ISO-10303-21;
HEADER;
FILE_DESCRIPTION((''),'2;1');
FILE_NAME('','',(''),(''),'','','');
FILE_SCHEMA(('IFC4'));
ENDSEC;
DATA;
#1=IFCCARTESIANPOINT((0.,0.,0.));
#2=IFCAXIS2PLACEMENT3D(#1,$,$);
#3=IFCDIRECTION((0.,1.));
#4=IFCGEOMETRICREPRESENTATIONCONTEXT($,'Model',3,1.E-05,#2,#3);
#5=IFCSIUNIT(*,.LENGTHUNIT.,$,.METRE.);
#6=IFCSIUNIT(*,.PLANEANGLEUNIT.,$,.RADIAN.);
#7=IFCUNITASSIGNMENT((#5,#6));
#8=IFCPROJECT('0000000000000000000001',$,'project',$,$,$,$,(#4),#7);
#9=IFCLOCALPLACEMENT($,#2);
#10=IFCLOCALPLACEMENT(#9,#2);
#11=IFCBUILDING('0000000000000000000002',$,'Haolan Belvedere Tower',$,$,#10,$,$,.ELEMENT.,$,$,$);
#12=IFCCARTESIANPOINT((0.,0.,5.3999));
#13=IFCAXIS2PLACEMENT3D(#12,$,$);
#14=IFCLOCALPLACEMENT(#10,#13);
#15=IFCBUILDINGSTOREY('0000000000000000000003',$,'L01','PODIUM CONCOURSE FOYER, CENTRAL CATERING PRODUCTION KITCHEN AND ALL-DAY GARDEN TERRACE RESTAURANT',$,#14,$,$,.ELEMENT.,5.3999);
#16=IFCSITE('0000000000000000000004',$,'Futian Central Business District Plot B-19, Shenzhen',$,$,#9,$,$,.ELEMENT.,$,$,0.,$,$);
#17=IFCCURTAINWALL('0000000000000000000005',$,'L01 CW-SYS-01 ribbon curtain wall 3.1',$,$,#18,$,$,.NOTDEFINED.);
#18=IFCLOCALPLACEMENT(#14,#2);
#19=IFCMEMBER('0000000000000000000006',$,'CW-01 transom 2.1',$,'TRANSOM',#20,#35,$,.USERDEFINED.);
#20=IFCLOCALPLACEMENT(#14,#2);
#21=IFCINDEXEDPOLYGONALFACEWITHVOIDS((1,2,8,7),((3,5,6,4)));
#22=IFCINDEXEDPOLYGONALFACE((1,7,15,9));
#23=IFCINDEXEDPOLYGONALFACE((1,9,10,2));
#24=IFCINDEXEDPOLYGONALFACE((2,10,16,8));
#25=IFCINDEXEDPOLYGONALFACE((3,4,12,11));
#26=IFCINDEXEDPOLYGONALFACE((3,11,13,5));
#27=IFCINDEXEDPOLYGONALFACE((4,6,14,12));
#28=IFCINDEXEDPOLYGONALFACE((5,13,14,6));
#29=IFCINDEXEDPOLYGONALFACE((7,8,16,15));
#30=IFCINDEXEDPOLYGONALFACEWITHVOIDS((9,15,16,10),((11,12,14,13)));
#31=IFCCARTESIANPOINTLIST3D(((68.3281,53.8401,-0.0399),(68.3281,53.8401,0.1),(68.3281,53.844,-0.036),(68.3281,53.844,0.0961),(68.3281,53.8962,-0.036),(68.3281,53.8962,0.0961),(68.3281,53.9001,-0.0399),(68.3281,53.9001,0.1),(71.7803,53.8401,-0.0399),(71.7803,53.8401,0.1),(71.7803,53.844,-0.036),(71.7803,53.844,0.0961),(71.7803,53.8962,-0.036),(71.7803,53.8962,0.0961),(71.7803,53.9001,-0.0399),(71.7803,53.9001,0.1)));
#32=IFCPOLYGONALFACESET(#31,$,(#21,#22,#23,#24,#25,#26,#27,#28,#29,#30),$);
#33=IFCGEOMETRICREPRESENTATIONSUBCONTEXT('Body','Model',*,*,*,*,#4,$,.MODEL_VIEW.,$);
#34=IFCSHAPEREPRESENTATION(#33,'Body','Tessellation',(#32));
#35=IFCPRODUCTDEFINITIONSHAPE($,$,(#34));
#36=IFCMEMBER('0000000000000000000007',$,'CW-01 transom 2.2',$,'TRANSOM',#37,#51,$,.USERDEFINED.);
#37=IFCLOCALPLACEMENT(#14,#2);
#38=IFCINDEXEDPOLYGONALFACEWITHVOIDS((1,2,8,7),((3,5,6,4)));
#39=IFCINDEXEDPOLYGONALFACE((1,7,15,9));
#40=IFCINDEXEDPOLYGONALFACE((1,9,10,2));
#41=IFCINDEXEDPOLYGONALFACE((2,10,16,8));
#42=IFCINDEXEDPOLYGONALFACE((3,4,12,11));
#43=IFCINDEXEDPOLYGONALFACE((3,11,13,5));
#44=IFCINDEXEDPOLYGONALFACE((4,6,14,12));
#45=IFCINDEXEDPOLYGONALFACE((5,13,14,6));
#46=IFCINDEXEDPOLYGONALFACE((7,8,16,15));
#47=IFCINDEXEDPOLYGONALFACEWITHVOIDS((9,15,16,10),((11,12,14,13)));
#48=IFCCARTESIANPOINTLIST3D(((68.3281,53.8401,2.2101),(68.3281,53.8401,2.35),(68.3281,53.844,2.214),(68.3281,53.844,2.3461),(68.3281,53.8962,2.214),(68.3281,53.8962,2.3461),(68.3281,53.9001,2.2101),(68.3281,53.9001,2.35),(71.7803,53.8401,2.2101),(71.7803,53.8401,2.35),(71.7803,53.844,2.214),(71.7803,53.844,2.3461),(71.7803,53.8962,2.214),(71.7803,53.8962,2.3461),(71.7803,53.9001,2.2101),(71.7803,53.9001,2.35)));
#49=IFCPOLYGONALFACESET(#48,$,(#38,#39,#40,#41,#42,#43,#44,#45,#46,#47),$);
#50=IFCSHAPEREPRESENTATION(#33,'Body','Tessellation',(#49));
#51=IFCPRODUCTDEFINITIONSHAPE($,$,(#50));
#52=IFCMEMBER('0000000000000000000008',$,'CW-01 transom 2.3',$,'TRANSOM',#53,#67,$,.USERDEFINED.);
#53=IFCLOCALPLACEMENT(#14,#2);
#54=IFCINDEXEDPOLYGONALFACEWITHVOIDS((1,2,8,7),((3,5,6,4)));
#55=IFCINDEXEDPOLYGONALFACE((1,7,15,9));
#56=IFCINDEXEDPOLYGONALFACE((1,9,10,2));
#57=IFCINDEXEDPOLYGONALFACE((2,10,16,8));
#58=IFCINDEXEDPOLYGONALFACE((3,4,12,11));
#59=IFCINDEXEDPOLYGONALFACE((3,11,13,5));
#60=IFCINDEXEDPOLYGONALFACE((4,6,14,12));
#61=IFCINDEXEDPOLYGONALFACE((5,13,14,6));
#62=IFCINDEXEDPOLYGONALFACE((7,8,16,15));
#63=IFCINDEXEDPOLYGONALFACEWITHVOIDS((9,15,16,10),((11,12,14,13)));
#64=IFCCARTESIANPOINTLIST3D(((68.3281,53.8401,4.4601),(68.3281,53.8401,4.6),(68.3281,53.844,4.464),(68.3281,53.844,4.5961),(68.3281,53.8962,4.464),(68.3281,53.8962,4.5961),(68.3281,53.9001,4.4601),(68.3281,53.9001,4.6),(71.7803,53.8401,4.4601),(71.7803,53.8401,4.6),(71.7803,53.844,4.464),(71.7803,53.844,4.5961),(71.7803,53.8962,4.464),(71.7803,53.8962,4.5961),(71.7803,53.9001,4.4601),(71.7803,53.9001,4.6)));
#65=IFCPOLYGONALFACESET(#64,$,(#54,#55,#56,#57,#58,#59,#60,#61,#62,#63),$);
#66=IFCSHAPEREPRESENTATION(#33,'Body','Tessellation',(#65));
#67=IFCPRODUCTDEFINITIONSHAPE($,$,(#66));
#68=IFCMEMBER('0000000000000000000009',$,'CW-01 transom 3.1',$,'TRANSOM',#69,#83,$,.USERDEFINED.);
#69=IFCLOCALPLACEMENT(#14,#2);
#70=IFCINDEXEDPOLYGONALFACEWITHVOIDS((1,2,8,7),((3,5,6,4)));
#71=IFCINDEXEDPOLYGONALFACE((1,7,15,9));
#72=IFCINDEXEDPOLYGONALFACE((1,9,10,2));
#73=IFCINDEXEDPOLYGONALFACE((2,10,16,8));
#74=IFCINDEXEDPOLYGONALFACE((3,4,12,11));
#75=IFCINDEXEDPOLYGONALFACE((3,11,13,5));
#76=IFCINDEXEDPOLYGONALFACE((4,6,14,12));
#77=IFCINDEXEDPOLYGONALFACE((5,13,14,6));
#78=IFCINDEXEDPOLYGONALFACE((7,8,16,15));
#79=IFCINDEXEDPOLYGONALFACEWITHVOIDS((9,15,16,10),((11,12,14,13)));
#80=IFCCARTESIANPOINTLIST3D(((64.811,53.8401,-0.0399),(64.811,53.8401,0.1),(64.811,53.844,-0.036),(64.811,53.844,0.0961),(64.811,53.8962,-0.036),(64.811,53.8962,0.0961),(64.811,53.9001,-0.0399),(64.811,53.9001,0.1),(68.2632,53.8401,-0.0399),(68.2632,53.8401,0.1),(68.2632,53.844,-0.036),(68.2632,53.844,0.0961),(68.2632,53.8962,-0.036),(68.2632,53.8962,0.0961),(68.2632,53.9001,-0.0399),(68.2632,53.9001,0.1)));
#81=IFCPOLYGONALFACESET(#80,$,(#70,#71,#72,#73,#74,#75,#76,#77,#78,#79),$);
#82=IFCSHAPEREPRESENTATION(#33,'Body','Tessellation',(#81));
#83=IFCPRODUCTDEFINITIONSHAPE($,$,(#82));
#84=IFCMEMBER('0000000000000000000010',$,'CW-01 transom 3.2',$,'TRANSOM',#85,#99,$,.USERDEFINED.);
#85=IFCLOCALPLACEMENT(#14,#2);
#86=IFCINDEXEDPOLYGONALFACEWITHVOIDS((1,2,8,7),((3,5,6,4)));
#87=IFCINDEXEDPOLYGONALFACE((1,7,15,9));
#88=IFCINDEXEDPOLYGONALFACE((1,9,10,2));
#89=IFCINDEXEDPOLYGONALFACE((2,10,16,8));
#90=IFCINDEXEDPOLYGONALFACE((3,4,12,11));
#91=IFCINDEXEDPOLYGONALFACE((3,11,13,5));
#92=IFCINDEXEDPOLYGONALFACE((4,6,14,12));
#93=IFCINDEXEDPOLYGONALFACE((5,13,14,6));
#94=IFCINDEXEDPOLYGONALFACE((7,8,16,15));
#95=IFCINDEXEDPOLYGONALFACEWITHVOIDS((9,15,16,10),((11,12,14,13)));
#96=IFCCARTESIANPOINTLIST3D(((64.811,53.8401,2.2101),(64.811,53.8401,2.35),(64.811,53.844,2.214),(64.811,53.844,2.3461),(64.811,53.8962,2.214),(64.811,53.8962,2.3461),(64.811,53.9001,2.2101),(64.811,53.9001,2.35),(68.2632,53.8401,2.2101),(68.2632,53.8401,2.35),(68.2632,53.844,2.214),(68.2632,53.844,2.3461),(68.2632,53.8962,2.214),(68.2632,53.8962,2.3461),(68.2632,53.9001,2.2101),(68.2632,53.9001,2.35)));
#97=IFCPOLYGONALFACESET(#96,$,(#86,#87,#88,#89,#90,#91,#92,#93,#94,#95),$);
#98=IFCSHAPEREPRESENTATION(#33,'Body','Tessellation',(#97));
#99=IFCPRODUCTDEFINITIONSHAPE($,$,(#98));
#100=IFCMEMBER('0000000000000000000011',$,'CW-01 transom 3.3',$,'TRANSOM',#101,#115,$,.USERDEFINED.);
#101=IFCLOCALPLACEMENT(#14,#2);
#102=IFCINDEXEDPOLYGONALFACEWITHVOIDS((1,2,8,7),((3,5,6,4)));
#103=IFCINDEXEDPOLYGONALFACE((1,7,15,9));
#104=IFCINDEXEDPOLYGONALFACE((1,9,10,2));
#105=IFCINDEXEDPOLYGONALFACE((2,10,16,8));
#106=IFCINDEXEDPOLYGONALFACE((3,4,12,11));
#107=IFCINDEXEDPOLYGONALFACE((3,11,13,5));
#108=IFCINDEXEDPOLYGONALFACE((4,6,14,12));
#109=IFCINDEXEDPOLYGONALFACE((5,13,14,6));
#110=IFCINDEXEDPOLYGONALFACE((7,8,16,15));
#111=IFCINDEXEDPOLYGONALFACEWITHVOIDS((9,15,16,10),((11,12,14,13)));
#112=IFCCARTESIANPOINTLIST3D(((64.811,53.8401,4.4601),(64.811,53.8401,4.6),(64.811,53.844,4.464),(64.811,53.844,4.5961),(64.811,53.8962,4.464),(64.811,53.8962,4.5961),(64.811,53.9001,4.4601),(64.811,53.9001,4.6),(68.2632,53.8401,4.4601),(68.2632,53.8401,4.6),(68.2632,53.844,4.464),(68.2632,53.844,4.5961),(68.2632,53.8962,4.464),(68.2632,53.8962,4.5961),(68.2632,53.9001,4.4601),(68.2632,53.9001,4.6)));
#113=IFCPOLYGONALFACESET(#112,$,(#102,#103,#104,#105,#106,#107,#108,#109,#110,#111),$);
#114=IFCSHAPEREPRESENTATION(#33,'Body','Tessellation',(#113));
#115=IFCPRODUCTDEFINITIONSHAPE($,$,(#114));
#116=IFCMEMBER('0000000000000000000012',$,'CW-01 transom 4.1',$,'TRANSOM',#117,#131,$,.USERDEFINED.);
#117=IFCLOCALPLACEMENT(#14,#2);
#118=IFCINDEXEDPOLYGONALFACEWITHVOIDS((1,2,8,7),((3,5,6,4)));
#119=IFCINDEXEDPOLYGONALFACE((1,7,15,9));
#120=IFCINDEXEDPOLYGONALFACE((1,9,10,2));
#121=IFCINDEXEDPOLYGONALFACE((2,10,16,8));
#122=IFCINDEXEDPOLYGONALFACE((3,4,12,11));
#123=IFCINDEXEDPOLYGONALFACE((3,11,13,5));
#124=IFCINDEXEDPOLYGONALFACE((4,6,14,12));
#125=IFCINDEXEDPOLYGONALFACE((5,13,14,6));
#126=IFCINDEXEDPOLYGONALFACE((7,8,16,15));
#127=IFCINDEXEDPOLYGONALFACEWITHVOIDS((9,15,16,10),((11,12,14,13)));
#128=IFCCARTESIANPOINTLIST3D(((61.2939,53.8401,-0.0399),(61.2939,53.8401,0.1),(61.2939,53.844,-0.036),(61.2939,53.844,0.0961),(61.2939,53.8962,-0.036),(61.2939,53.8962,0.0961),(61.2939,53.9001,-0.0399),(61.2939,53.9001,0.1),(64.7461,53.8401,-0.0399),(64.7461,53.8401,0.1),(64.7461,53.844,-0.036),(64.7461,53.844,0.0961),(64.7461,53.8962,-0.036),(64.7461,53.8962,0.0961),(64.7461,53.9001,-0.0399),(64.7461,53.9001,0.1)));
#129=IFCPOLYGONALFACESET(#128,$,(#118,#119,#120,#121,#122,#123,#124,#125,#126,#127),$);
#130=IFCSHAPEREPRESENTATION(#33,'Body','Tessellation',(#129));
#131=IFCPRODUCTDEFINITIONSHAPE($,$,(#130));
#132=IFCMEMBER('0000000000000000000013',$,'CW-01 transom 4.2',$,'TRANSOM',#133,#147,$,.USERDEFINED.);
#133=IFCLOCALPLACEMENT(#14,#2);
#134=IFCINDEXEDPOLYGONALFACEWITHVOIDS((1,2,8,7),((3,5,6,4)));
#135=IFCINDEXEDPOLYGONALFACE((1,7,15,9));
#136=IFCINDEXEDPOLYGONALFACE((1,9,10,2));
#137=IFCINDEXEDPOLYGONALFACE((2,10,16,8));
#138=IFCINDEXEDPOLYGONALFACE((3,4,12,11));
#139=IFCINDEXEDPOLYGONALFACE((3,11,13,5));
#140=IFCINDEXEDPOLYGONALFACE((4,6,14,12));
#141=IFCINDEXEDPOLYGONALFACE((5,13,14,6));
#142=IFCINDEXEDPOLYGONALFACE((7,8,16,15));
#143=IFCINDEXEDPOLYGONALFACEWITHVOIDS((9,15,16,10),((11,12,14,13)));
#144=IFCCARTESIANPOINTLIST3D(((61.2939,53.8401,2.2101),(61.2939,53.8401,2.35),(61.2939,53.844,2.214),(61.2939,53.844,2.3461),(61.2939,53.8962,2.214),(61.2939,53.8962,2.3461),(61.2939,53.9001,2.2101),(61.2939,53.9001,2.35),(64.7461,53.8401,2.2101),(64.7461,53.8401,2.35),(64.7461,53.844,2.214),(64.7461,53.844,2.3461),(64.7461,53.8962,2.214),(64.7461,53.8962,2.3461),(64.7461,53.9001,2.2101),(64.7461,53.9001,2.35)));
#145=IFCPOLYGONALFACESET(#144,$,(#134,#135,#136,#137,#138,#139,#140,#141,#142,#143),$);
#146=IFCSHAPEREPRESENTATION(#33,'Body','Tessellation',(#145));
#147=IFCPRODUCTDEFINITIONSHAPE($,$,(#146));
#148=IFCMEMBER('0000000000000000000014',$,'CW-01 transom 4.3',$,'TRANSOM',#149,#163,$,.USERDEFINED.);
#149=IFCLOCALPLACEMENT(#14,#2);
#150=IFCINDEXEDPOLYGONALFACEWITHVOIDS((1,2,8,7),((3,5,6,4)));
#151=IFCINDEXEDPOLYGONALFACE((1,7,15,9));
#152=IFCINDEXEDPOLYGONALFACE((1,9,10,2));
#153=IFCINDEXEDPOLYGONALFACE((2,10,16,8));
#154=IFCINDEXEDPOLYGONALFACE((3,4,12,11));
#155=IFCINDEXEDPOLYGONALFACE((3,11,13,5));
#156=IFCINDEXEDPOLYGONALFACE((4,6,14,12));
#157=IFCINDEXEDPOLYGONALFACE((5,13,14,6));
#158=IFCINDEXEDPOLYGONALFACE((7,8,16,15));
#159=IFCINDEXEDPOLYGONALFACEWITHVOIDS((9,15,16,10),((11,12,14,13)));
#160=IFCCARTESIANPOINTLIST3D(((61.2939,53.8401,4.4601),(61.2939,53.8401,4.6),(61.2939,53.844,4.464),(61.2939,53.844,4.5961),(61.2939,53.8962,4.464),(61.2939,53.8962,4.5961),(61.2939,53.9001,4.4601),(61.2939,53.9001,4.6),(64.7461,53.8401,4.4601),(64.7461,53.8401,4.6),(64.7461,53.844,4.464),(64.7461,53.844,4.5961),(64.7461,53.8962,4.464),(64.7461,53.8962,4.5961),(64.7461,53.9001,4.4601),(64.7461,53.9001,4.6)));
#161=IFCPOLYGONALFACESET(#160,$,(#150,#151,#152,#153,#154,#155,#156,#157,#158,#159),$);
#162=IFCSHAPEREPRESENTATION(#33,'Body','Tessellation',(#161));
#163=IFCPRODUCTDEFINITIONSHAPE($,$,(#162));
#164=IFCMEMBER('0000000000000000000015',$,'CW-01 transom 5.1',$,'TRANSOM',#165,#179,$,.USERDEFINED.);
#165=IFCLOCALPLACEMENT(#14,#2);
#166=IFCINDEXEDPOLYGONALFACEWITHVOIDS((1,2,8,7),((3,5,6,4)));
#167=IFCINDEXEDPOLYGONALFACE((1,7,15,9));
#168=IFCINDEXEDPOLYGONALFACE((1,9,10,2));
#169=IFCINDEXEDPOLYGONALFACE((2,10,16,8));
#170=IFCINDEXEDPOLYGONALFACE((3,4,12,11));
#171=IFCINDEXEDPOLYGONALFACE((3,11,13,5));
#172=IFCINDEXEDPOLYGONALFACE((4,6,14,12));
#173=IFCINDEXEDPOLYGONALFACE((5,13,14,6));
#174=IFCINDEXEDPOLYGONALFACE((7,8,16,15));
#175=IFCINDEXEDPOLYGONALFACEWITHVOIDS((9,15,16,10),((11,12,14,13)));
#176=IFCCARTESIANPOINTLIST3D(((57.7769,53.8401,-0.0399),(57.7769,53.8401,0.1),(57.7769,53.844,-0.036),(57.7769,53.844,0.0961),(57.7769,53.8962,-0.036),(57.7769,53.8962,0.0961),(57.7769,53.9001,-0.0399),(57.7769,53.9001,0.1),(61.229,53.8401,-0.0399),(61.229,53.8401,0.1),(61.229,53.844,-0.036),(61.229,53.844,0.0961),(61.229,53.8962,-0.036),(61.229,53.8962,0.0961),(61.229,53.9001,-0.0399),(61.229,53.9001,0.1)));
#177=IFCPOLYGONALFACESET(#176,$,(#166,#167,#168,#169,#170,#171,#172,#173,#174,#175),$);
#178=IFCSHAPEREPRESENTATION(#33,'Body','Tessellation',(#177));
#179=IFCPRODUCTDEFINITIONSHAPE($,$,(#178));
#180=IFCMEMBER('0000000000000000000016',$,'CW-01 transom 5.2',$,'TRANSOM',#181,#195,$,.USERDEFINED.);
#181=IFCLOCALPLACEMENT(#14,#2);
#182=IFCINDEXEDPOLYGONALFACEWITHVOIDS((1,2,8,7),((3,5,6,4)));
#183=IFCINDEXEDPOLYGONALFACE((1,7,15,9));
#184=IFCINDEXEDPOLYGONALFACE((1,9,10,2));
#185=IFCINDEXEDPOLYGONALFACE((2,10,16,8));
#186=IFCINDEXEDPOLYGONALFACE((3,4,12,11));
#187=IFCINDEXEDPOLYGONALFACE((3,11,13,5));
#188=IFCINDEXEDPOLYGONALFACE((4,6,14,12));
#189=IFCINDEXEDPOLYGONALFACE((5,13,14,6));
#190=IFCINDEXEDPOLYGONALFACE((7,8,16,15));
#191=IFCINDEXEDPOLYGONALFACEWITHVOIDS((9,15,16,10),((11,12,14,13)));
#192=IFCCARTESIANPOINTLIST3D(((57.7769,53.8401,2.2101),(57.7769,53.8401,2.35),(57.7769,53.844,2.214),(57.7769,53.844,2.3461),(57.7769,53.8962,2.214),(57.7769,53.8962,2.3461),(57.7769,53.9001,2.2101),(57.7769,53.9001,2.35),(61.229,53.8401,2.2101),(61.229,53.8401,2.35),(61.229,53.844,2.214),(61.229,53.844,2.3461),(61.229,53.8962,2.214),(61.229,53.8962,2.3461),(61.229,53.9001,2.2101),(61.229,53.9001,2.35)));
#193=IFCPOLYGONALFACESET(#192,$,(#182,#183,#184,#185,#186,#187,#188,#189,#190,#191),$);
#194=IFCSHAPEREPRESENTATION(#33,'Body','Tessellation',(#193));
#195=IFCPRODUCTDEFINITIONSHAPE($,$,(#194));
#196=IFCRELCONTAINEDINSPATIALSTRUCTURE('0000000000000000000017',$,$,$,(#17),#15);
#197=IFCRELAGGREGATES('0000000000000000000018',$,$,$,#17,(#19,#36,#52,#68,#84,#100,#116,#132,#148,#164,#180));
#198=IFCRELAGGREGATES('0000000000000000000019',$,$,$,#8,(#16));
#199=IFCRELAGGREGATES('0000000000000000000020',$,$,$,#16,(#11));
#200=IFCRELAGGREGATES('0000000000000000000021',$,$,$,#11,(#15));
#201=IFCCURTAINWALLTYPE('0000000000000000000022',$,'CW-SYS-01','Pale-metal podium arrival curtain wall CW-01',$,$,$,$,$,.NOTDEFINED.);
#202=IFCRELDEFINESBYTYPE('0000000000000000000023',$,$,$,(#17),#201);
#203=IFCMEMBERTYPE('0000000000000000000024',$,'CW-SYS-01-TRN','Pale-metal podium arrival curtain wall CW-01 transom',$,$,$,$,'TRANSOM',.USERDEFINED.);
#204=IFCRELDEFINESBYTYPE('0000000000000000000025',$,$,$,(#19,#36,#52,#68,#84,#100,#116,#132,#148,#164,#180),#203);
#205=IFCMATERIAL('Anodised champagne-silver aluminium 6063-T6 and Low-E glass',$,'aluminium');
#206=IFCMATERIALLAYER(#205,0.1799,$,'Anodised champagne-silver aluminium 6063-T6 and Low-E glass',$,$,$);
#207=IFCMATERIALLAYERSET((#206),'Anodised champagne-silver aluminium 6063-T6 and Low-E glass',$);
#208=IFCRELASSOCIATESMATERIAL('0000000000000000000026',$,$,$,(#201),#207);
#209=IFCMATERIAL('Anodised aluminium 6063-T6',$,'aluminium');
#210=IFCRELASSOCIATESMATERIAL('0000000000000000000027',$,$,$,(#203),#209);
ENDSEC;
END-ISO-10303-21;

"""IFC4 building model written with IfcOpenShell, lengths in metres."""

from ifc_helpers import new_model, si_unit, direction, frame, origin, origin_2d, place, context, subcontext, project, spatial, hollow_rectangle, extrude, material, layer, layer_set, material_profile, profile_set, type_object, element, aggregate, save


model = new_model("IFC4")

# Units and contexts
model_context = context("Model", 3, precision=1e-05, world=origin(), true_north=direction((0.0, 1.0)))
body_context = subcontext(model_context, "Body", "Model", "MODEL_VIEW")
ifc_project = project(units=[si_unit("LENGTHUNIT", "METRE"), si_unit("PLANEANGLEUNIT", "RADIAN")], contexts=[model_context])

# Site, building, storey
site_placement = place(None, origin())
site = spatial("IfcSite", under=ifc_project, at=site_placement, Name="Futian Central Business District Plot B-19, Shenzhen", CompositionType="ELEMENT", RefElevation=0.0)
building_placement = place(site_placement, origin())
building = spatial("IfcBuilding", under=site, at=building_placement, Name="Haolan Belvedere Tower", CompositionType="ELEMENT")
storey_placement = place(building_placement, frame((0.0, 0.0, 5.3999)))
storey = spatial("IfcBuildingStorey", under=building, at=storey_placement, Name="L01", Description="PODIUM CONCOURSE FOYER, CENTRAL CATERING PRODUCTION KITCHEN AND ALL-DAY GARDEN TERRACE RESTAURANT", CompositionType="ELEMENT", Elevation=5.3999)

# Curtain wall, members
ifc_material_1 = material(Name="Anodised champagne-silver aluminium 6063-T6 and Low-E glass", Category="aluminium")
ifc_layer_1 = layer(ifc_material_1, 0.1799, Name="Anodised champagne-silver aluminium 6063-T6 and Low-E glass")
ifc_layer_set_1 = layer_set([ifc_layer_1], Name="Anodised champagne-silver aluminium 6063-T6 and Low-E glass")
curtain_wall_type = type_object("IfcCurtainWallType", Name="CW-SYS-01", Description="Pale-metal podium arrival curtain wall CW-01", PredefinedType="NOTDEFINED", material=ifc_layer_set_1)
curtain_wall_placement = place(storey_placement, origin())
curtain_wall = element("IfcCurtainWall", 1, at=curtain_wall_placement, inside=storey, type_object=curtain_wall_type, Name="L01 CW-SYS-01 ribbon curtain wall 3.1", PredefinedType="NOTDEFINED")
ifc_material_2 = material(Name="Anodised aluminium 6063-T6", Category="aluminium")
ifc_material_profile_1 = material_profile(ifc_material_2, hollow_rectangle(XDim=0.0601, YDim=0.1399, WallThickness=0.0039, at=origin_2d()), Name="Anodised aluminium 6063-T6")
ifc_profile_set_1 = profile_set([ifc_material_profile_1], Name="Anodised aluminium 6063-T6")
member_type_1 = type_object("IfcMemberType", Name="CW-SYS-01-TRN", Description="Pale-metal podium arrival curtain wall CW-01 transom", ElementType="TRANSOM", PredefinedType="USERDEFINED", material=ifc_profile_set_1)
member_1_placement = place(storey_placement, frame((71.7803, 53.8701, 0.03), z_axis=(-1.0, 0.0, 0.0), x_axis=(0.0, -1.0, 0.0)))
member_1 = element("IfcMember", 2, at=member_1_placement, type_object=member_type_1, Name="CW-01 transom 2.1", ObjectType="TRANSOM", PredefinedType="USERDEFINED", context=body_context, shape_type="SweptSolid", body=[
    extrude(hollow_rectangle(XDim=0.0601, YDim=0.1399, WallThickness=0.0039, at=origin_2d()), origin(), (0.0, 0.0, 1.0), 3.4521),
])
member_2_placement = place(storey_placement, frame((71.7803, 53.8701, 2.28), z_axis=(-1.0, 0.0, 0.0), x_axis=(0.0, -1.0, 0.0)))
member_2 = element("IfcMember", 3, at=member_2_placement, type_object=member_type_1, Name="CW-01 transom 2.2", ObjectType="TRANSOM", PredefinedType="USERDEFINED", context=body_context, shape_type="SweptSolid", body=[
    extrude(hollow_rectangle(XDim=0.0601, YDim=0.1399, WallThickness=0.0039, at=origin_2d()), origin(), (0.0, 0.0, 1.0), 3.4521),
])
member_3_placement = place(storey_placement, frame((71.7803, 53.8701, 4.53), z_axis=(-1.0, 0.0, 0.0), x_axis=(0.0, -1.0, 0.0)))
member_3 = element("IfcMember", 4, at=member_3_placement, type_object=member_type_1, Name="CW-01 transom 2.3", ObjectType="TRANSOM", PredefinedType="USERDEFINED", context=body_context, shape_type="SweptSolid", body=[
    extrude(hollow_rectangle(XDim=0.0601, YDim=0.1399, WallThickness=0.0039, at=origin_2d()), origin(), (0.0, 0.0, 1.0), 3.4521),
])
member_4_placement = place(storey_placement, frame((68.2632, 53.8701, 0.03), z_axis=(-1.0, 0.0, 0.0), x_axis=(0.0, -1.0, 0.0)))
member_4 = element("IfcMember", 5, at=member_4_placement, type_object=member_type_1, Name="CW-01 transom 3.1", ObjectType="TRANSOM", PredefinedType="USERDEFINED", context=body_context, shape_type="SweptSolid", body=[
    extrude(hollow_rectangle(XDim=0.0601, YDim=0.1399, WallThickness=0.0039, at=origin_2d()), origin(), (0.0, 0.0, 1.0), 3.4521),
])
member_5_placement = place(storey_placement, frame((68.2632, 53.8701, 2.28), z_axis=(-1.0, 0.0, 0.0), x_axis=(0.0, -1.0, 0.0)))
member_5 = element("IfcMember", 6, at=member_5_placement, type_object=member_type_1, Name="CW-01 transom 3.2", ObjectType="TRANSOM", PredefinedType="USERDEFINED", context=body_context, shape_type="SweptSolid", body=[
    extrude(hollow_rectangle(XDim=0.0601, YDim=0.1399, WallThickness=0.0039, at=origin_2d()), origin(), (0.0, 0.0, 1.0), 3.4521),
])
member_6_placement = place(storey_placement, frame((68.2632, 53.8701, 4.53), z_axis=(-1.0, 0.0, 0.0), x_axis=(0.0, -1.0, 0.0)))
member_6 = element("IfcMember", 7, at=member_6_placement, type_object=member_type_1, Name="CW-01 transom 3.3", ObjectType="TRANSOM", PredefinedType="USERDEFINED", context=body_context, shape_type="SweptSolid", body=[
    extrude(hollow_rectangle(XDim=0.0601, YDim=0.1399, WallThickness=0.0039, at=origin_2d()), origin(), (0.0, 0.0, 1.0), 3.4521),
])
member_7_placement = place(storey_placement, frame((64.7461, 53.8701, 0.03), z_axis=(-1.0, 0.0, 0.0), x_axis=(0.0, -1.0, 0.0)))
member_7 = element("IfcMember", 8, at=member_7_placement, type_object=member_type_1, Name="CW-01 transom 4.1", ObjectType="TRANSOM", PredefinedType="USERDEFINED", context=body_context, shape_type="SweptSolid", body=[
    extrude(hollow_rectangle(XDim=0.0601, YDim=0.1399, WallThickness=0.0039, at=origin_2d()), origin(), (0.0, 0.0, 1.0), 3.4521),
])
member_8_placement = place(storey_placement, frame((64.7461, 53.8701, 2.28), z_axis=(-1.0, 0.0, 0.0), x_axis=(0.0, -1.0, 0.0)))
member_8 = element("IfcMember", 9, at=member_8_placement, type_object=member_type_1, Name="CW-01 transom 4.2", ObjectType="TRANSOM", PredefinedType="USERDEFINED", context=body_context, shape_type="SweptSolid", body=[
    extrude(hollow_rectangle(XDim=0.0601, YDim=0.1399, WallThickness=0.0039, at=origin_2d()), origin(), (0.0, 0.0, 1.0), 3.4521),
])
member_9_placement = place(storey_placement, frame((64.7461, 53.8701, 4.53), z_axis=(-1.0, 0.0, 0.0), x_axis=(0.0, -1.0, 0.0)))
member_9 = element("IfcMember", 10, at=member_9_placement, type_object=member_type_1, Name="CW-01 transom 4.3", ObjectType="TRANSOM", PredefinedType="USERDEFINED", context=body_context, shape_type="SweptSolid", body=[
    extrude(hollow_rectangle(XDim=0.0601, YDim=0.1399, WallThickness=0.0039, at=origin_2d()), origin(), (0.0, 0.0, 1.0), 3.4521),
])
member_10_placement = place(storey_placement, frame((61.229, 53.8701, 0.03), z_axis=(-1.0, 0.0, 0.0), x_axis=(0.0, -1.0, 0.0)))
member_10 = element("IfcMember", 11, at=member_10_placement, type_object=member_type_1, Name="CW-01 transom 5.1", ObjectType="TRANSOM", PredefinedType="USERDEFINED", context=body_context, shape_type="SweptSolid", body=[
    extrude(hollow_rectangle(XDim=0.0601, YDim=0.1399, WallThickness=0.0039, at=origin_2d()), origin(), (0.0, 0.0, 1.0), 3.4521),
])
member_11_placement = place(storey_placement, frame((61.229, 53.8701, 2.28), z_axis=(-1.0, 0.0, 0.0), x_axis=(0.0, -1.0, 0.0)))
member_11 = element("IfcMember", 12, at=member_11_placement, type_object=member_type_1, Name="CW-01 transom 5.2", ObjectType="TRANSOM", PredefinedType="USERDEFINED", context=body_context, shape_type="SweptSolid", body=[
    extrude(hollow_rectangle(XDim=0.0601, YDim=0.1399, WallThickness=0.0039, at=origin_2d()), origin(), (0.0, 0.0, 1.0), 3.4521),
])
aggregate(curtain_wall, [member_1, member_2, member_3, member_4, member_5, member_6, member_7, member_8, member_9, member_10, member_11])

save(model, "model.ifc")
